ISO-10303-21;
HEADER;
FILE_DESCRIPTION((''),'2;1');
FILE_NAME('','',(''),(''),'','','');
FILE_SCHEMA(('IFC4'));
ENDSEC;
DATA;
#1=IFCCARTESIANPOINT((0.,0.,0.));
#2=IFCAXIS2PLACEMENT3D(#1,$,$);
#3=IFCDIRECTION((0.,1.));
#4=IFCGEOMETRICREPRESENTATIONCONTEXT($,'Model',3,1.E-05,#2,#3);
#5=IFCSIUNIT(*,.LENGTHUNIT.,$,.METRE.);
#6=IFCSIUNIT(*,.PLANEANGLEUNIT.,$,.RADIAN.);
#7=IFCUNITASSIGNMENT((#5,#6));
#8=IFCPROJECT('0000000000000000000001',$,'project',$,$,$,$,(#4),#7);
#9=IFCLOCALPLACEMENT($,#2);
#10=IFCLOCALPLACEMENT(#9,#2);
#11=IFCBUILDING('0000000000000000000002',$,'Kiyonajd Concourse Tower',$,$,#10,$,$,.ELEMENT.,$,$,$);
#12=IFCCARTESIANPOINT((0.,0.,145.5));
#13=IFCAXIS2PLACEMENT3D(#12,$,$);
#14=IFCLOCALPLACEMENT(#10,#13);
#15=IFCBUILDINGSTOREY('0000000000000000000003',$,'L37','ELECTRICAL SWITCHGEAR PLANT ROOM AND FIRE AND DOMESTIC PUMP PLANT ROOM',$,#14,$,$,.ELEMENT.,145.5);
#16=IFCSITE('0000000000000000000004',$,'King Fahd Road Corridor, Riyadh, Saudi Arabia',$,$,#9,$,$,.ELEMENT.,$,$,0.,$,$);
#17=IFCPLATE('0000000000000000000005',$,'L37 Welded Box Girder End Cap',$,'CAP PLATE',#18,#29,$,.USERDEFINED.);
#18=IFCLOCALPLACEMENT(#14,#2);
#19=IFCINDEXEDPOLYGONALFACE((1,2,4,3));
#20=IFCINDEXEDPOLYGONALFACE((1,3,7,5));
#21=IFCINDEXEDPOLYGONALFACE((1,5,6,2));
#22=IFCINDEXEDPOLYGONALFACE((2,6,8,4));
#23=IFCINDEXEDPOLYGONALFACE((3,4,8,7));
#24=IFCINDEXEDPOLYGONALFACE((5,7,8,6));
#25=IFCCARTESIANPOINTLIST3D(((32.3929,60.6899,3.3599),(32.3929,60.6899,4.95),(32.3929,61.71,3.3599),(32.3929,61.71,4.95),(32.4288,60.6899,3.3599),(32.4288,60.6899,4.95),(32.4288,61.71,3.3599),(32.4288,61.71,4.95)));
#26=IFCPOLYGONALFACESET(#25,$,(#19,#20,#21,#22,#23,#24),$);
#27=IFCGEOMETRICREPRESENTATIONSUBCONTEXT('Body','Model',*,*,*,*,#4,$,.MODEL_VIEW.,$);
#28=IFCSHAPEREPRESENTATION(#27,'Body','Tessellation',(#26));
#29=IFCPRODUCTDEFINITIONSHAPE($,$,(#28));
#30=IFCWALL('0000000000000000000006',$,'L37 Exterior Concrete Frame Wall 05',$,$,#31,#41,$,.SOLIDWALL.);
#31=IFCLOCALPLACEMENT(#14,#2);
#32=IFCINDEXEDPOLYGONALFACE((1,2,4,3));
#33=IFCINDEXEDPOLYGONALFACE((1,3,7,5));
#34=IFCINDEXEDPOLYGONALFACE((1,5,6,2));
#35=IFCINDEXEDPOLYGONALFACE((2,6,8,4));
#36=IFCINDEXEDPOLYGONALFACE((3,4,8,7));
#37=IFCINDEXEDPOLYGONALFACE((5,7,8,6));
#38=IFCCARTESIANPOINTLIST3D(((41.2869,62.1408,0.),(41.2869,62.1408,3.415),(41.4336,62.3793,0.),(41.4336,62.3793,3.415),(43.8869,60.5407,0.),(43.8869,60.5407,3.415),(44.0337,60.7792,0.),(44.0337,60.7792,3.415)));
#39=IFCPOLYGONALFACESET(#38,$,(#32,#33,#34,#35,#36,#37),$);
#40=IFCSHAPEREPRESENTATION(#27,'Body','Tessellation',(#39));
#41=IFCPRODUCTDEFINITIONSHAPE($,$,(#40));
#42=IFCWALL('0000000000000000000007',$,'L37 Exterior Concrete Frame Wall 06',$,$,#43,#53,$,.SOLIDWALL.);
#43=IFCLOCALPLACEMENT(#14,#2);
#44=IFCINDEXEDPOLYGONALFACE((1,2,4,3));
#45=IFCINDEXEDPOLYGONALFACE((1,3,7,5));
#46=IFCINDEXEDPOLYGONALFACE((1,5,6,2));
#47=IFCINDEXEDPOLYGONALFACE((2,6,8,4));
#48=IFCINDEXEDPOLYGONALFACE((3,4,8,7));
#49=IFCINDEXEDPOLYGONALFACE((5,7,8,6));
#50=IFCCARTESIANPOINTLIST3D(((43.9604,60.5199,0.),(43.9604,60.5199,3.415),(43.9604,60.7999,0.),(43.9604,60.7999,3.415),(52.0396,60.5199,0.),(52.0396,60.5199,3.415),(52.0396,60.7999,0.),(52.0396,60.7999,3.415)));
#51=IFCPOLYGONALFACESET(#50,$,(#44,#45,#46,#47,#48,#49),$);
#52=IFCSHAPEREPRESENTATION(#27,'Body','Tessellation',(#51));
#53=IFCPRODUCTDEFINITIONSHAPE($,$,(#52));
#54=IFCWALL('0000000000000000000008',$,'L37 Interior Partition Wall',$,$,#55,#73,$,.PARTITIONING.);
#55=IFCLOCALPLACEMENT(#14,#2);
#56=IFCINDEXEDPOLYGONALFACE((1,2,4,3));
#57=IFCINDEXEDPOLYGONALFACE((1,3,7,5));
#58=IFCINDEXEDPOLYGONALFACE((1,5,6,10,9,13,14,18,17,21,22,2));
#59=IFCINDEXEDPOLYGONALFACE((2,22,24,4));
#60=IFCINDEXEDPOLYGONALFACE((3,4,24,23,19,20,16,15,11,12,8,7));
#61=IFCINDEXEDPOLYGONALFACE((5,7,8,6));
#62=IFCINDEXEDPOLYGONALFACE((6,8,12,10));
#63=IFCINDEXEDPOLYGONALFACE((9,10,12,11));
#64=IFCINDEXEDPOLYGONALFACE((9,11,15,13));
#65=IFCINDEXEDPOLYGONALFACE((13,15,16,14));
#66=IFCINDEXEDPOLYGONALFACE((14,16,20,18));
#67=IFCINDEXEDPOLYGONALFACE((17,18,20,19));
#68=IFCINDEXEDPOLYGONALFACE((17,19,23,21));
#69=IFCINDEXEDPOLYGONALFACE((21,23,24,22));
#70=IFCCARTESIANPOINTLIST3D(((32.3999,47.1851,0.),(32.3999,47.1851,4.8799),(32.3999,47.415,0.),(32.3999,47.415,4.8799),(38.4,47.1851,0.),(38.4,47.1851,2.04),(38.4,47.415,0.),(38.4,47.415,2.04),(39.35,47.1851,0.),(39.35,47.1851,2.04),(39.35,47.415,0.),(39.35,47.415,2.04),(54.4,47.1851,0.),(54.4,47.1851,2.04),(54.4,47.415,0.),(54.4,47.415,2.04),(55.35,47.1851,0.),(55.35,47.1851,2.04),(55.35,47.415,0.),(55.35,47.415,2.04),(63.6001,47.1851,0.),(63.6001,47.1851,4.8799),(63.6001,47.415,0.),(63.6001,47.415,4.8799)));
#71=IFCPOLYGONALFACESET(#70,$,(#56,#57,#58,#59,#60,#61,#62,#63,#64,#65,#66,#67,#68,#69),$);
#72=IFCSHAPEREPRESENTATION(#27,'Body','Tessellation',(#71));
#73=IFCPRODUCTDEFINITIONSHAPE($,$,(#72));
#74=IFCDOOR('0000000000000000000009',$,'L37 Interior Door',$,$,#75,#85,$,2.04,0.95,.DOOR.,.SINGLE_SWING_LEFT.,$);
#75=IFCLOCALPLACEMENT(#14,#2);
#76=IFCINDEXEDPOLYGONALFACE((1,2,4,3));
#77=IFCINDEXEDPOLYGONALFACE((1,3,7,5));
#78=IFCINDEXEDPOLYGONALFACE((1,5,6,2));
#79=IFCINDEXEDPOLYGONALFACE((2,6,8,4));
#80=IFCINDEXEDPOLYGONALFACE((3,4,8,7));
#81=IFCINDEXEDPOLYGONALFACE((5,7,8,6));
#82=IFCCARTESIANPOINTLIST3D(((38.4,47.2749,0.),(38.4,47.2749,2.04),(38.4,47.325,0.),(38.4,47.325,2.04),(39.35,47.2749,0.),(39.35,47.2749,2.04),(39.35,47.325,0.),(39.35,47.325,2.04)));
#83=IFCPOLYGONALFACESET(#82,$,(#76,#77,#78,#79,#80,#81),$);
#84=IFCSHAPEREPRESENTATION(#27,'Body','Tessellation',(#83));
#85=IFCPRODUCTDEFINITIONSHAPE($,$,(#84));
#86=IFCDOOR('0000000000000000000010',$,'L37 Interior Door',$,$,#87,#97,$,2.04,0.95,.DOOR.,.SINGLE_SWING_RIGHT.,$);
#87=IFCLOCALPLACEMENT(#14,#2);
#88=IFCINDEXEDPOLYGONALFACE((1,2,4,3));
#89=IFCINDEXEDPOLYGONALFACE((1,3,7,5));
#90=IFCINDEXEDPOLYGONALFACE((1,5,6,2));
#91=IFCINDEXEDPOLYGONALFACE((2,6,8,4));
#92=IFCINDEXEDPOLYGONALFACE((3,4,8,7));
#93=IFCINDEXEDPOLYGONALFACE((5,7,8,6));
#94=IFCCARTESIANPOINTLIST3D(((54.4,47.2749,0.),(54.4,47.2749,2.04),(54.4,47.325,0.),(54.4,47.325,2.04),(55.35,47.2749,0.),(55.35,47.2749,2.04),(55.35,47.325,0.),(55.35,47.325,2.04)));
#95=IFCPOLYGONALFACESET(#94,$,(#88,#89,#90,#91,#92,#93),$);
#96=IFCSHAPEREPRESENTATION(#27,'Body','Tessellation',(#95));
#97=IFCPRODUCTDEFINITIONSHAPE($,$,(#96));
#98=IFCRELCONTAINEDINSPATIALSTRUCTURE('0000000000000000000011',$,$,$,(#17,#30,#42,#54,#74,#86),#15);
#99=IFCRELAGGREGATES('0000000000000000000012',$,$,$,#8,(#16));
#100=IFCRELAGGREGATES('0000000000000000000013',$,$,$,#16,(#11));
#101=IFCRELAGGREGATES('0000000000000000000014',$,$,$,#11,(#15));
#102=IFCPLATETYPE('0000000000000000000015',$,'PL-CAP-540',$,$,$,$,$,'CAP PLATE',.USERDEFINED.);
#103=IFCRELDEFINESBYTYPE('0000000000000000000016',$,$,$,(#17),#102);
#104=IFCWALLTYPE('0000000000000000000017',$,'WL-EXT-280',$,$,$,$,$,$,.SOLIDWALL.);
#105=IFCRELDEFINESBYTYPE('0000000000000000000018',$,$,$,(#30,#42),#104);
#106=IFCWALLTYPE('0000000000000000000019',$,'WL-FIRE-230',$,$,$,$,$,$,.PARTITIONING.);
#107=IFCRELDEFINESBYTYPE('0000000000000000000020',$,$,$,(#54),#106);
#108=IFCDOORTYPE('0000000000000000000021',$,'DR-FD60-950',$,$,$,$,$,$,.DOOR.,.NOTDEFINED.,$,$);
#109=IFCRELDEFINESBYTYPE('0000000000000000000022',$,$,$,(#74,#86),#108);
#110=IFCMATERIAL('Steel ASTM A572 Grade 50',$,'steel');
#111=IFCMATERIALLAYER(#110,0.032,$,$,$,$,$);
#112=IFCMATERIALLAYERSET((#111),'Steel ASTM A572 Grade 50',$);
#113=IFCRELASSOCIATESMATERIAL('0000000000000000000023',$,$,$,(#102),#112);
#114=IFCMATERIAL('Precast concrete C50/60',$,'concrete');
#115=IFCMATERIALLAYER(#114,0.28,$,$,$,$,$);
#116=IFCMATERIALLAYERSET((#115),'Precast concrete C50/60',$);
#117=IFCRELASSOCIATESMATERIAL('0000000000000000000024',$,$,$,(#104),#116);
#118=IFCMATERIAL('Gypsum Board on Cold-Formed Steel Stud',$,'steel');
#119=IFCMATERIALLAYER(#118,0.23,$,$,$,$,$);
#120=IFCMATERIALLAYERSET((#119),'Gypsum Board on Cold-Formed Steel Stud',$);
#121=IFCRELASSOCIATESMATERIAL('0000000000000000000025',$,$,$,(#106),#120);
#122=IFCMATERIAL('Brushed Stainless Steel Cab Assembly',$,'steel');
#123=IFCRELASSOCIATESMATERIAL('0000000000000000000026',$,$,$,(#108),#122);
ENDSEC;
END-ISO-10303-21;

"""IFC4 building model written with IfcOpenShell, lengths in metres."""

from ifc_helpers import new_model, si_unit, direction, frame, frame_2d, origin, origin_2d, place, context, subcontext, project, spatial, rectangle, extrude, material, layer, layer_set, type_object, element, fill, save


model = new_model("IFC4")

# Units and contexts
model_context = context("Model", 3, precision=1e-05, world=origin(), true_north=direction((0.0, 1.0)))
body_context = subcontext(model_context, "Body", "Model", "MODEL_VIEW")
ifc_project = project(units=[si_unit("LENGTHUNIT", "METRE"), si_unit("PLANEANGLEUNIT", "RADIAN")], contexts=[model_context])

# Site, building, storey
site_placement = place(None, origin())
site = spatial("IfcSite", under=ifc_project, at=site_placement, Name="King Fahd Road Corridor, Riyadh, Saudi Arabia", CompositionType="ELEMENT", RefElevation=0.0)
building_placement = place(site_placement, origin())
building = spatial("IfcBuilding", under=site, at=building_placement, Name="Kiyonajd Concourse Tower", CompositionType="ELEMENT")
storey_placement = place(building_placement, frame((0.0, 0.0, 145.5)))
storey = spatial("IfcBuildingStorey", under=building, at=storey_placement, Name="L37", Description="ELECTRICAL SWITCHGEAR PLANT ROOM AND FIRE AND DOMESTIC PUMP PLANT ROOM", CompositionType="ELEMENT", Elevation=145.5)

# Shared definitions
ifc_material_1 = material(Name="Steel ASTM A572 Grade 50", Category="steel")

# Plate
ifc_layer_1 = layer(ifc_material_1, 0.032)
ifc_layer_set_1 = layer_set([ifc_layer_1], Name="Steel ASTM A572 Grade 50")
plate_type = type_object("IfcPlateType", Name="PL-CAP-540", ElementType="CAP PLATE", PredefinedType="USERDEFINED", material=ifc_layer_set_1)
for number, where, z_axis, x_axis, name in (
    (1, (32.4109, 61.2, 3.3599), (0.0, 0.0, 1.0), (1.0, 0.0, 0.0), "L37 Welded Box Girder End Cap"),
):
    element("IfcPlate", number, at=place(storey_placement, frame(where, z_axis=z_axis, x_axis=x_axis)), inside=storey, type_object=plate_type, Name=name, ObjectType="CAP PLATE", PredefinedType="USERDEFINED", context=body_context, shape_type="SweptSolid", body=[
        extrude(rectangle(XDim=0.0359, YDim=1.02, at=origin_2d()), origin(), (0.0, 0.0, 1.0), 1.5901),
    ])

# Walls
ifc_material_2 = material(Name="Precast concrete C50/60", Category="concrete")
ifc_layer_2 = layer(ifc_material_2, 0.28)
ifc_layer_set_2 = layer_set([ifc_layer_2], Name="Precast concrete C50/60")
wall_type_1 = type_object("IfcWallType", Name="WL-EXT-280", PredefinedType="SOLIDWALL", material=ifc_layer_set_2)
wall_1_placement = place(storey_placement, frame((41.3604, 62.26, 0.0), z_axis=(0.0, 0.0, 1.0), x_axis=(0.851653, -0.524106, 0.0)))
element("IfcWall", 2, at=wall_1_placement, inside=storey, type_object=wall_type_1, Name="L37 Exterior Concrete Frame Wall 05", PredefinedType="SOLIDWALL", context=body_context, shape_type="SweptSolid", body=[
    extrude(rectangle(XDim=3.053, YDim=0.28, at=frame_2d((1.5264, 0.0))), origin(), (0.0, 0.0, 1.0), 3.415),
])
wall_2_placement = place(storey_placement, frame((43.9604, 60.6599, 0.0), z_axis=(0.0, 0.0, 1.0), x_axis=(1.0, 0.0, 0.0)))
element("IfcWall", 3, at=wall_2_placement, inside=storey, type_object=wall_type_1, Name="L37 Exterior Concrete Frame Wall 06", PredefinedType="SOLIDWALL", context=body_context, shape_type="SweptSolid", body=[
    extrude(rectangle(XDim=8.0791, YDim=0.28, at=frame_2d((4.0396, 0.0))), origin(), (0.0, 0.0, 1.0), 3.415),
])

# Wall, openings, doors
ifc_material_3 = material(Name="Gypsum Board on Cold-Formed Steel Stud", Category="steel")
ifc_layer_3 = layer(ifc_material_3, 0.23)
ifc_layer_set_3 = layer_set([ifc_layer_3], Name="Gypsum Board on Cold-Formed Steel Stud")
wall_type_2 = type_object("IfcWallType", Name="WL-FIRE-230", PredefinedType="PARTITIONING", material=ifc_layer_set_3)
wall_3_placement = place(storey_placement, frame((32.3999, 47.3, 0.0), z_axis=(0.0, 0.0, 1.0), x_axis=(1.0, 0.0, 0.0)))
wall_3 = element("IfcWall", 4, at=wall_3_placement, inside=storey, type_object=wall_type_2, Name="L37 Interior Partition Wall", PredefinedType="PARTITIONING", context=body_context, shape_type="SweptSolid", body=[
    extrude(rectangle(XDim=31.2002, YDim=0.23, at=frame_2d((15.6001, 0.0))), origin(), (0.0, 0.0, 1.0), 4.8799),
])
opening_1_placement = place(wall_3_placement, frame((6.0, 0.0, 0.0)))
opening_1 = element("IfcOpeningElement", 5, at=opening_1_placement, cuts=wall_3, PredefinedType="OPENING", context=body_context, shape_type="SweptSolid", body=[
    extrude(rectangle(XDim=0.95, YDim=2.04, at=frame_2d((0.4751, 1.02))), frame((0.0, 0.125, 0.0), z_axis=(0.0, -1.0, 0.0), x_axis=(1.0, 0.0, 0.0)), (0.0, 0.0, 1.0), 0.25),
])
opening_2_placement = place(wall_3_placement, frame((22.0, 0.0, 0.0)))
opening_2 = element("IfcOpeningElement", 6, at=opening_2_placement, cuts=wall_3, PredefinedType="OPENING", context=body_context, shape_type="SweptSolid", body=[
    extrude(rectangle(XDim=0.95, YDim=2.04, at=frame_2d((0.4751, 1.02))), frame((0.0, 0.125, 0.0), z_axis=(0.0, -1.0, 0.0), x_axis=(1.0, 0.0, 0.0)), (0.0, 0.0, 1.0), 0.25),
])
ifc_material_4 = material(Name="Brushed Stainless Steel Cab Assembly", Category="steel")
door_type = type_object("IfcDoorType", Name="DR-FD60-950", OperationType="NOTDEFINED", PredefinedType="DOOR", material=ifc_material_4)
door_1_placement = place(opening_1_placement, origin())
door_1 = element("IfcDoor", 7, at=door_1_placement, inside=storey, type_object=door_type, Name="L37 Interior Door", OperationType="SINGLE_SWING_LEFT", OverallHeight=2.04, OverallWidth=0.95, PredefinedType="DOOR", context=body_context, shape_type="SweptSolid", body=[
    extrude(rectangle(XDim=0.95, YDim=2.04, at=frame_2d((0.4751, 1.02))), frame((0.0, 0.0249, 0.0), z_axis=(0.0, -1.0, 0.0), x_axis=(1.0, 0.0, 0.0)), (0.0, 0.0, 1.0), 0.05),
])
fill(opening_1, door_1)
door_2_placement = place(opening_2_placement, origin())
door_2 = element("IfcDoor", 8, at=door_2_placement, inside=storey, type_object=door_type, Name="L37 Interior Door", OperationType="SINGLE_SWING_RIGHT", OverallHeight=2.04, OverallWidth=0.95, PredefinedType="DOOR", context=body_context, shape_type="SweptSolid", body=[
    extrude(rectangle(XDim=0.95, YDim=2.04, at=frame_2d((0.4751, 1.02))), frame((0.0, 0.0249, 0.0), z_axis=(0.0, -1.0, 0.0), x_axis=(1.0, 0.0, 0.0)), (0.0, 0.0, 1.0), 0.05),
])
fill(opening_2, door_2)

save(model, "model.ifc")
